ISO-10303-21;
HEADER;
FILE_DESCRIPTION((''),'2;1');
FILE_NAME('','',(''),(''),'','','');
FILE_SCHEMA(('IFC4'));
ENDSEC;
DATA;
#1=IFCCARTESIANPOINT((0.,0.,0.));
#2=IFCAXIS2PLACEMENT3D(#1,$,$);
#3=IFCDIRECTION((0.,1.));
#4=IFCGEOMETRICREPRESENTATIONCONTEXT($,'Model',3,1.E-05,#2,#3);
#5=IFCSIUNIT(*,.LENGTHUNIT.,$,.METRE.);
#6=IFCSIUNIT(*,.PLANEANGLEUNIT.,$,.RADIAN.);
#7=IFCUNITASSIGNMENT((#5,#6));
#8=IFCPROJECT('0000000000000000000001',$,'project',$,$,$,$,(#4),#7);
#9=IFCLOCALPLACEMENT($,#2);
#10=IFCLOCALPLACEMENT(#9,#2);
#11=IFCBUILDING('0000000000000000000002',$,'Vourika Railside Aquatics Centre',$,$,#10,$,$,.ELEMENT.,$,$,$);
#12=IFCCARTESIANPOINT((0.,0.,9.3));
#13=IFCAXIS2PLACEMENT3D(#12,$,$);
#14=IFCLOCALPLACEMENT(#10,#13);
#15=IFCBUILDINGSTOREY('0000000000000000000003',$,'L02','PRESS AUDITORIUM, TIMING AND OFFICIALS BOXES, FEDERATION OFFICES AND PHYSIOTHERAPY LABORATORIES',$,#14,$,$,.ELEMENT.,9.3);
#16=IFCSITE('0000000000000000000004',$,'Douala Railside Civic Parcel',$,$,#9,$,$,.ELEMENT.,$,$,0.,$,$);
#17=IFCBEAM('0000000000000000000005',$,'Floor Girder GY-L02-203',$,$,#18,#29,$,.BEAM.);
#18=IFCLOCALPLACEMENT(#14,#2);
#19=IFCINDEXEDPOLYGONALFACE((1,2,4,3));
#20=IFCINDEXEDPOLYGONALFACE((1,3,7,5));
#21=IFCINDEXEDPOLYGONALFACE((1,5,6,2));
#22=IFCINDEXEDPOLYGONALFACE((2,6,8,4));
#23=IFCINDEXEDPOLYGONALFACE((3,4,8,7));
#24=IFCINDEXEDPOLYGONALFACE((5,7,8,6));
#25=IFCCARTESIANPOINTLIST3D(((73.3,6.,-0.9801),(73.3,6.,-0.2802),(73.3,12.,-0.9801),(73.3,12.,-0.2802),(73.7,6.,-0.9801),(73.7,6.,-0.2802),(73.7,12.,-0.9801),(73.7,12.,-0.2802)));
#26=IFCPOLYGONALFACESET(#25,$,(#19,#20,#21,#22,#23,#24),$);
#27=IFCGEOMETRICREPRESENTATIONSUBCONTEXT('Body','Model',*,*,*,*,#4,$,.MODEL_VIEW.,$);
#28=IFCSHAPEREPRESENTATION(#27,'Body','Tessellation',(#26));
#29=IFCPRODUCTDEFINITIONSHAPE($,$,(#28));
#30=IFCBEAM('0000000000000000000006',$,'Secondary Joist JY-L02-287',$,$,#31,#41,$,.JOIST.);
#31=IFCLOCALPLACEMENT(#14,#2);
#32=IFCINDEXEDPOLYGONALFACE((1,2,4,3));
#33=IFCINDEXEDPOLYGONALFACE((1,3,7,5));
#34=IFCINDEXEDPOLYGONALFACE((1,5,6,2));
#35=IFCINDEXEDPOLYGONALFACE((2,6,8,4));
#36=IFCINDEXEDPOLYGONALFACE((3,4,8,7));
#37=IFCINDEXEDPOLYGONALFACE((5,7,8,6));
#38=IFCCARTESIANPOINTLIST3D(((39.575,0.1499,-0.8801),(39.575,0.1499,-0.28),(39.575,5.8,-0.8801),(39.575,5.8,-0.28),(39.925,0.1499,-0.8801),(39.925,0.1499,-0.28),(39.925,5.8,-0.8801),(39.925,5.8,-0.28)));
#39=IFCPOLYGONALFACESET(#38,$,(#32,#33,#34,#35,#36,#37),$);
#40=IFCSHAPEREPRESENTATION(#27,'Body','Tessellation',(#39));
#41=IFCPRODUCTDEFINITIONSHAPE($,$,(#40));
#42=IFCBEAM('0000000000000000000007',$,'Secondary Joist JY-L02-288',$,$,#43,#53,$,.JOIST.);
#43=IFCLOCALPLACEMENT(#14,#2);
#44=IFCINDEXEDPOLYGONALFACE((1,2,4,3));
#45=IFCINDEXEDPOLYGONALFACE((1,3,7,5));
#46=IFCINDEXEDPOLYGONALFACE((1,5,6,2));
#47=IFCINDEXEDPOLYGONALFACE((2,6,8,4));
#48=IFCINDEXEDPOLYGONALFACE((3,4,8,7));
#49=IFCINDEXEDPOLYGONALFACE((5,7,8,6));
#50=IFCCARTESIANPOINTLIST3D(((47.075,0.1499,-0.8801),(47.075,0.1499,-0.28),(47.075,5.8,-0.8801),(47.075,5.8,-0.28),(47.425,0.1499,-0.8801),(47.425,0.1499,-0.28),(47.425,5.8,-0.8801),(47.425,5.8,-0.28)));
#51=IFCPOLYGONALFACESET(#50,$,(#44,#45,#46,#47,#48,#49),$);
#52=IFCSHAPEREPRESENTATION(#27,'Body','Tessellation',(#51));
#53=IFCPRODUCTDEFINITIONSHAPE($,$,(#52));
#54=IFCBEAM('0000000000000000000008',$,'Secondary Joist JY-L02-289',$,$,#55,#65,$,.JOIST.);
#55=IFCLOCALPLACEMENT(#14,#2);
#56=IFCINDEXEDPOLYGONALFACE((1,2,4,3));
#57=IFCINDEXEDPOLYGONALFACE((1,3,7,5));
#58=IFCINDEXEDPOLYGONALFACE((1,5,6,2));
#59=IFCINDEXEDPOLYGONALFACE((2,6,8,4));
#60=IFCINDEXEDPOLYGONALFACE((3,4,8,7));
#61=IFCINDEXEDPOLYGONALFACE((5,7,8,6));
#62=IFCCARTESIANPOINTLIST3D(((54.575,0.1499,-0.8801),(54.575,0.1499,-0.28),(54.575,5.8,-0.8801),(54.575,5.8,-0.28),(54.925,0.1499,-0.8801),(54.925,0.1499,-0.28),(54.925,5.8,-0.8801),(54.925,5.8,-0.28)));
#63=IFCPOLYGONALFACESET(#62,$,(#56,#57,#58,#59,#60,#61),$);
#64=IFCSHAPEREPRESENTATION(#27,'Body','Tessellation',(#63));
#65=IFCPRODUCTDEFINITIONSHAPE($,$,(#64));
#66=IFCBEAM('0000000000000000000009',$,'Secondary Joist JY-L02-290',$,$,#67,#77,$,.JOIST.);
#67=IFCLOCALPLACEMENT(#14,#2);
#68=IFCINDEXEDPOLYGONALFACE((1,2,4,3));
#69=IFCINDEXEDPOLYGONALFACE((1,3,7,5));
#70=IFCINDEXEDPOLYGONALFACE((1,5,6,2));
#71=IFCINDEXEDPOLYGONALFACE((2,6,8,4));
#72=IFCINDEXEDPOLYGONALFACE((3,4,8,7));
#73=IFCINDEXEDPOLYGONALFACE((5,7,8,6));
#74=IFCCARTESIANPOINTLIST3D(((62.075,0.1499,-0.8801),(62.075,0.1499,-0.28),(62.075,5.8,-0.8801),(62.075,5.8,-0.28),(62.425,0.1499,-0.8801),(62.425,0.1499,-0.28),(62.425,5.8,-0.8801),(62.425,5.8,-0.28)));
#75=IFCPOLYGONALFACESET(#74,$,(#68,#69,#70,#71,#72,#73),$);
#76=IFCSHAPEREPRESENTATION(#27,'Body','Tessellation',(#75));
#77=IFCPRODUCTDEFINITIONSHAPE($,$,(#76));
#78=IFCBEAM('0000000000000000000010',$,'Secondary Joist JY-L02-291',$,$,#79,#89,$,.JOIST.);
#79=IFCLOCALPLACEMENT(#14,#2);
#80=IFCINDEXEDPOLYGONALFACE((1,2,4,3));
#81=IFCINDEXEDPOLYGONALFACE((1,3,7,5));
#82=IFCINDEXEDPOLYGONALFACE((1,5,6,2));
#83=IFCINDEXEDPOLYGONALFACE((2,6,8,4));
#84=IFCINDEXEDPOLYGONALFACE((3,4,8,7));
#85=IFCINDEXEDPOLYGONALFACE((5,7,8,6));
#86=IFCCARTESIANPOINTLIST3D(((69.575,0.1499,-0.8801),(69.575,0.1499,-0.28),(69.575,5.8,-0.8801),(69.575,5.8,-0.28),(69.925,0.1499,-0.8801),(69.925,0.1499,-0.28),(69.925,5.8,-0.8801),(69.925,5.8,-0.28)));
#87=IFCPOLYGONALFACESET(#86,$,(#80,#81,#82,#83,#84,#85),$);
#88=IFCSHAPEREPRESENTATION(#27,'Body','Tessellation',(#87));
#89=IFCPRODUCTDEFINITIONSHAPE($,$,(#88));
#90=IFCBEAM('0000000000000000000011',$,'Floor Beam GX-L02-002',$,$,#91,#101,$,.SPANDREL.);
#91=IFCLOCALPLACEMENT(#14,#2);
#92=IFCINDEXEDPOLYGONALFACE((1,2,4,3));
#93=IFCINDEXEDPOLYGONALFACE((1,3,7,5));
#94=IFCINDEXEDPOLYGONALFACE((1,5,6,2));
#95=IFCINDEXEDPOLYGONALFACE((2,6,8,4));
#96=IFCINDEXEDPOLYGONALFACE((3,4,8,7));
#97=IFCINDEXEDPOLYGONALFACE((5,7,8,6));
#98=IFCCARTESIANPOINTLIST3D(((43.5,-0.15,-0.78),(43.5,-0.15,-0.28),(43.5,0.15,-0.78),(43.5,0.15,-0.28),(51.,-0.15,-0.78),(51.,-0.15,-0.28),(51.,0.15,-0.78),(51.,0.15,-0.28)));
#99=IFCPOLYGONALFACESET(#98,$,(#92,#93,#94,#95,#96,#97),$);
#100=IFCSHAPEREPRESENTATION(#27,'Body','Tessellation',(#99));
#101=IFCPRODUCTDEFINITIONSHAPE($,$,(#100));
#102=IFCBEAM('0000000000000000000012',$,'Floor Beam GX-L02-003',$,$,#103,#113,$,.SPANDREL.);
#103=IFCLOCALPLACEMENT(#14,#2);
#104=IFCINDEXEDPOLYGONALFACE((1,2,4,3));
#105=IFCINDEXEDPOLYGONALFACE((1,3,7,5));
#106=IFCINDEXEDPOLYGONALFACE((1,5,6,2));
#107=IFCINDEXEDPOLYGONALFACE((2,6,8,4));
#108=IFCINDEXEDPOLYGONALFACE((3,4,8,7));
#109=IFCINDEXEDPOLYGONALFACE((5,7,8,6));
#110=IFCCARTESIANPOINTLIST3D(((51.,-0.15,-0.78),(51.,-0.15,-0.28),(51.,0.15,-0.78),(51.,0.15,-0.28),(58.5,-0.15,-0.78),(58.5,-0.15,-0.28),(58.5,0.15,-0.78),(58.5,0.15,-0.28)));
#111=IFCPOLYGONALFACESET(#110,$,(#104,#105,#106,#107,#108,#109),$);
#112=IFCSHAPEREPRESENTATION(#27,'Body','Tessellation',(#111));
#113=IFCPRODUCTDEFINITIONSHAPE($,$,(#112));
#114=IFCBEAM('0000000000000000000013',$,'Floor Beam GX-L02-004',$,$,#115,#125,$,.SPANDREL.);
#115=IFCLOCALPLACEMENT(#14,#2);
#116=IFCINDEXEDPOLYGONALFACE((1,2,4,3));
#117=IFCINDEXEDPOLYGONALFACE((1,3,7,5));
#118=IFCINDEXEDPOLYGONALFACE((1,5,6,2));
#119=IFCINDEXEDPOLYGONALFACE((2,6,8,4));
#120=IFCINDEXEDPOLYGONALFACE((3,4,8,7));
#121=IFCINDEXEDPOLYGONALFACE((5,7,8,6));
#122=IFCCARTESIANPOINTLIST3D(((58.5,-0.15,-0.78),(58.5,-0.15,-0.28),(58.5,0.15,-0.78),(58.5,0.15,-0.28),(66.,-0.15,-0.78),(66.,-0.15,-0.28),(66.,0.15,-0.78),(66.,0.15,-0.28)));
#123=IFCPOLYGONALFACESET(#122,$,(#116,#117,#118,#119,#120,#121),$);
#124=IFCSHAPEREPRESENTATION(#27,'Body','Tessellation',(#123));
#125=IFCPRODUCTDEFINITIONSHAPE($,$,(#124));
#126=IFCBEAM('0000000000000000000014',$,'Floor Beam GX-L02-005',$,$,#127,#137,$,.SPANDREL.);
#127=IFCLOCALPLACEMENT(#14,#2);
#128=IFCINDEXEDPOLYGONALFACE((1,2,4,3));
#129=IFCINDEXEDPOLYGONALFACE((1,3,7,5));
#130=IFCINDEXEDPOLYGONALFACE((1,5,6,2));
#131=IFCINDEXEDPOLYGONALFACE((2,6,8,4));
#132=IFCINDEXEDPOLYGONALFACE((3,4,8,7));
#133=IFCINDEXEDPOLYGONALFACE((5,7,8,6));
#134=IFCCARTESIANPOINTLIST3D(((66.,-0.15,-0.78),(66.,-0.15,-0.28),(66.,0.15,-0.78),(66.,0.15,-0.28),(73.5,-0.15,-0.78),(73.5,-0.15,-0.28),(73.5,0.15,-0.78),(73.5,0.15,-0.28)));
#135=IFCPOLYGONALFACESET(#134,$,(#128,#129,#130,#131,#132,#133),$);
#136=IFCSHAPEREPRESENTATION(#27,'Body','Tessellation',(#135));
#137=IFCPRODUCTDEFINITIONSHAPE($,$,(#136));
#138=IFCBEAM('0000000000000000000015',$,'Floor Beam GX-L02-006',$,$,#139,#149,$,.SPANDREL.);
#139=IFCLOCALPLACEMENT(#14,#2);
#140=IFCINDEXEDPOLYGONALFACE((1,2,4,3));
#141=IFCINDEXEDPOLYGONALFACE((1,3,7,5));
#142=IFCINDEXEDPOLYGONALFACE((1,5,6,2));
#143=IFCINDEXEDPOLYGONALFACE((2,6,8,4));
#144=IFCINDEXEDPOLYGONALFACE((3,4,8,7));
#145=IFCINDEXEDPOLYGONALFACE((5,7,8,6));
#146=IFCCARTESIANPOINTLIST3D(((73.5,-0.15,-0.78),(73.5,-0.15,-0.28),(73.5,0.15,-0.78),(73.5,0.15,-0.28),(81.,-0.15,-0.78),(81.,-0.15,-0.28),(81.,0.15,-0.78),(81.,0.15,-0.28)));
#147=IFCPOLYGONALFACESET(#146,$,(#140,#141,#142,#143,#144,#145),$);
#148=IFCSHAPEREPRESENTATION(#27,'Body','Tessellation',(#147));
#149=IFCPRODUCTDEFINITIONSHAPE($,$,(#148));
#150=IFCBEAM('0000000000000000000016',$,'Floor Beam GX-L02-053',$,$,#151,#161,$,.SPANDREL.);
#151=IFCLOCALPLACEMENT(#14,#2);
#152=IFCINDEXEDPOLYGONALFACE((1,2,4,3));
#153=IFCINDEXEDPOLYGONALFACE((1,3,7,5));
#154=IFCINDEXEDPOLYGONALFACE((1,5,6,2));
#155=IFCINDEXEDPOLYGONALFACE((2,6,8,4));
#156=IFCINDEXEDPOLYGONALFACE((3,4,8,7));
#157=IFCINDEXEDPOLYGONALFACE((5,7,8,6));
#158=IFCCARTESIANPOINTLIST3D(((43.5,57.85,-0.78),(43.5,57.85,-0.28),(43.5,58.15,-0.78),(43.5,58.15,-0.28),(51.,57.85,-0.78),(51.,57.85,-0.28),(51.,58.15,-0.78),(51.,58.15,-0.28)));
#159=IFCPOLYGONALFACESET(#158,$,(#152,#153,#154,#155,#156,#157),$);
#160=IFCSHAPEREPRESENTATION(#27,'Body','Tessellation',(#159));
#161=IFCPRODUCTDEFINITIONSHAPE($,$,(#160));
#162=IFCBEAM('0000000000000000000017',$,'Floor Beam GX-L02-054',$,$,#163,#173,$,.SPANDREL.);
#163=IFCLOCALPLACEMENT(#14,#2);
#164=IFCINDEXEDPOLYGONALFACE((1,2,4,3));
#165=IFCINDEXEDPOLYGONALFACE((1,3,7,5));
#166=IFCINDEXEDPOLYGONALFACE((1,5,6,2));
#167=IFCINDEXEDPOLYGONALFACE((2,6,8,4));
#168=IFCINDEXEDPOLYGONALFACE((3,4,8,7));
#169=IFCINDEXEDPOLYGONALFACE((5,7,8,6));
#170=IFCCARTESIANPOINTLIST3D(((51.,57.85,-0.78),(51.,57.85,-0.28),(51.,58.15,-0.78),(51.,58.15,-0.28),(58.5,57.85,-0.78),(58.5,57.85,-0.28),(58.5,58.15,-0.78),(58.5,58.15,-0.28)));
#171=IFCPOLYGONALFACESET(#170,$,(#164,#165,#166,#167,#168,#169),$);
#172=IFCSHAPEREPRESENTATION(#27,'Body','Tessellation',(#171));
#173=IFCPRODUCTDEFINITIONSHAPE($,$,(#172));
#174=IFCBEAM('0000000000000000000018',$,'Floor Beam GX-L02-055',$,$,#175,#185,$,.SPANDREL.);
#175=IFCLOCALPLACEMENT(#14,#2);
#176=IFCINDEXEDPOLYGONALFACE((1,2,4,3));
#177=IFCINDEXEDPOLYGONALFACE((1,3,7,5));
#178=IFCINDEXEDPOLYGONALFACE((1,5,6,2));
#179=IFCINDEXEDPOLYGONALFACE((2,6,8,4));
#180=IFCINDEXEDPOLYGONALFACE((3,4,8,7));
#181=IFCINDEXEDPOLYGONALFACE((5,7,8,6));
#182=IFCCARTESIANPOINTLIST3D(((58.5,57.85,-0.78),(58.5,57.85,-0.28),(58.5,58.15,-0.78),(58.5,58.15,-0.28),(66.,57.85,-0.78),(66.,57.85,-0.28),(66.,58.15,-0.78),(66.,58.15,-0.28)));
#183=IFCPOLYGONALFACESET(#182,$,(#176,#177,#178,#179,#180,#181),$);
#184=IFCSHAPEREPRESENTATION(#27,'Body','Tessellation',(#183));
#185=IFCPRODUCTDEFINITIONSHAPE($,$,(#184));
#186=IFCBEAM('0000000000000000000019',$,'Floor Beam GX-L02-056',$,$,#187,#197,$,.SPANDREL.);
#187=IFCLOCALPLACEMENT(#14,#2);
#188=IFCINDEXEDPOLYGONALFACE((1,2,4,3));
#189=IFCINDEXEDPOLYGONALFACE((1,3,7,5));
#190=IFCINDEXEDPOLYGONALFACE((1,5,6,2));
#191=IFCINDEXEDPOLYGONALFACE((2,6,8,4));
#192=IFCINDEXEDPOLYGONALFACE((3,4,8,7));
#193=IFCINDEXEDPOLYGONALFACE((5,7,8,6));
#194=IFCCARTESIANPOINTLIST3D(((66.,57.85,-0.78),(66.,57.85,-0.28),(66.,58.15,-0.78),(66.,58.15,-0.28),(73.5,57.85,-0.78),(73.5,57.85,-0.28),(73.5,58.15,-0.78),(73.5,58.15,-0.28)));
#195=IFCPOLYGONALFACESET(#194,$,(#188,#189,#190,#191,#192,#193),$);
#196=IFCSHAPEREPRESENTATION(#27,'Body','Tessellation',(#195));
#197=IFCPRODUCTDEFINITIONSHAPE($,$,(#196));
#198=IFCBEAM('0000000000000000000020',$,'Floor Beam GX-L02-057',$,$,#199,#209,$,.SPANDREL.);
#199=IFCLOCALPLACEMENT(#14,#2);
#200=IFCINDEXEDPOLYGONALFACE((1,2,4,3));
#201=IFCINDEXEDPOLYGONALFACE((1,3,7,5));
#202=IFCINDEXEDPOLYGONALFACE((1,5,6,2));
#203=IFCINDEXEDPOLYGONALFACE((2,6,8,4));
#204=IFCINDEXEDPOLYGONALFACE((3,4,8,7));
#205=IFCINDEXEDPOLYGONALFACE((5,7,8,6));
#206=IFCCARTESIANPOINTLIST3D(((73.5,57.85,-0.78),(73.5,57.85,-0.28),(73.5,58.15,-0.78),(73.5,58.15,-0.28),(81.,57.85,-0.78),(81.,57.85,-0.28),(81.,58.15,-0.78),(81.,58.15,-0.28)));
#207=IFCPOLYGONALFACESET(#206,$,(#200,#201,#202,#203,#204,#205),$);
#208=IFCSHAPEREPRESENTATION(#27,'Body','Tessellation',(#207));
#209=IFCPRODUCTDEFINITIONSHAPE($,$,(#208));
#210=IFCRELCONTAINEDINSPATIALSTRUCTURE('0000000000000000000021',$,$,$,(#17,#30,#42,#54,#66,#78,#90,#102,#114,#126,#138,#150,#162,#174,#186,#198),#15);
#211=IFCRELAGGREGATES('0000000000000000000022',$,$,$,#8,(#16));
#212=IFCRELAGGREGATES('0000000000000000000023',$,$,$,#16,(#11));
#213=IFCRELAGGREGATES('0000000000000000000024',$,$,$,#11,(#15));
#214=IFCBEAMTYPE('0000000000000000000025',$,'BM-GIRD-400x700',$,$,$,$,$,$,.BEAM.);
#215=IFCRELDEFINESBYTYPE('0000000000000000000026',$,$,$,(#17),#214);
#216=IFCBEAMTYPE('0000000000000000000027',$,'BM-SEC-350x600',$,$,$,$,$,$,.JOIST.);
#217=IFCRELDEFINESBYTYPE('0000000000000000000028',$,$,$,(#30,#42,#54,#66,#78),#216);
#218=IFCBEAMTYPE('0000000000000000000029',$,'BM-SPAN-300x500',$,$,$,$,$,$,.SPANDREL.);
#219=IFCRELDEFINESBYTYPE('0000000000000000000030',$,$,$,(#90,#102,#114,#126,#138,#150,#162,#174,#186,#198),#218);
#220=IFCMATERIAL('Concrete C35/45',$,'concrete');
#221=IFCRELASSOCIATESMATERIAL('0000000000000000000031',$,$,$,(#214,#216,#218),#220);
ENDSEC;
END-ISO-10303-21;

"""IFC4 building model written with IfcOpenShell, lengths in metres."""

from ifc_helpers import new_model, si_unit, direction, frame, origin, origin_2d, place, context, subcontext, project, spatial, rectangle, extrude, material, material_profile, profile_set, type_object, element, save


model = new_model("IFC4")

# Units and contexts
model_context = context("Model", 3, precision=1e-05, world=origin(), true_north=direction((0.0, 1.0)))
body_context = subcontext(model_context, "Body", "Model", "MODEL_VIEW")
ifc_project = project(units=[si_unit("LENGTHUNIT", "METRE"), si_unit("PLANEANGLEUNIT", "RADIAN")], contexts=[model_context])

# Site, building, storey
site_placement = place(None, origin())
site = spatial("IfcSite", under=ifc_project, at=site_placement, Name="Douala Railside Civic Parcel", CompositionType="ELEMENT", RefElevation=0.0)
building_placement = place(site_placement, origin())
building = spatial("IfcBuilding", under=site, at=building_placement, Name="Vourika Railside Aquatics Centre", CompositionType="ELEMENT")
storey_placement = place(building_placement, frame((0.0, 0.0, 9.3)))
storey = spatial("IfcBuildingStorey", under=building, at=storey_placement, Name="L02", Description="PRESS AUDITORIUM, TIMING AND OFFICIALS BOXES, FEDERATION OFFICES AND PHYSIOTHERAPY LABORATORIES", CompositionType="ELEMENT", Elevation=9.3)

# Beams
ifc_material = material(Name="Concrete C35/45", Category="concrete")
ifc_material_profile_1 = material_profile(ifc_material, rectangle(XDim=0.3999, YDim=0.7, at=origin_2d()), Name="RC 400x700")
ifc_profile_set_1 = profile_set([ifc_material_profile_1], Name="Concrete C35/45")
beam_type_1 = type_object("IfcBeamType", Name="BM-GIRD-400x700", PredefinedType="BEAM", material=ifc_profile_set_1)
for number, where, z_axis, x_axis, name in (
    (1, (73.5, 6.0, -0.6301), (0.0, 1.0, 0.0), (-1.0, 0.0, 0.0), "Floor Girder GY-L02-203"),
):
    element("IfcBeam", number, at=place(storey_placement, frame(where, z_axis=z_axis, x_axis=x_axis)), inside=storey, type_object=beam_type_1, Name=name, PredefinedType="BEAM", context=body_context, shape_type="SweptSolid", body=[
        extrude(rectangle(XDim=0.3999, YDim=0.7, at=origin_2d()), origin(), (0.0, 0.0, 1.0), 6.0),
    ])
ifc_material_profile_2 = material_profile(ifc_material, rectangle(XDim=0.3501, YDim=0.6001, at=origin_2d()), Name="RC 350x600")
ifc_profile_set_2 = profile_set([ifc_material_profile_2], Name="Concrete C35/45")
beam_type_2 = type_object("IfcBeamType", Name="BM-SEC-350x600", PredefinedType="JOIST", material=ifc_profile_set_2)
for number, where, z_axis, x_axis, name in (
    (2, (39.75, 0.1499, -0.5801), (0.0, 1.0, 0.0), (-1.0, 0.0, 0.0), "Secondary Joist JY-L02-287"),
    (3, (47.25, 0.1499, -0.5801), (0.0, 1.0, 0.0), (-1.0, 0.0, 0.0), "Secondary Joist JY-L02-288"),
    (4, (54.75, 0.1499, -0.5801), (0.0, 1.0, 0.0), (-1.0, 0.0, 0.0), "Secondary Joist JY-L02-289"),
    (5, (62.25, 0.1499, -0.5801), (0.0, 1.0, 0.0), (-1.0, 0.0, 0.0), "Secondary Joist JY-L02-290"),
    (6, (69.75, 0.1499, -0.5801), (0.0, 1.0, 0.0), (-1.0, 0.0, 0.0), "Secondary Joist JY-L02-291"),
):
    element("IfcBeam", number, at=place(storey_placement, frame(where, z_axis=z_axis, x_axis=x_axis)), inside=storey, type_object=beam_type_2, Name=name, PredefinedType="JOIST", context=body_context, shape_type="SweptSolid", body=[
        extrude(rectangle(XDim=0.3501, YDim=0.6001, at=origin_2d()), origin(), (0.0, 0.0, 1.0), 5.6501),
    ])
ifc_material_profile_3 = material_profile(ifc_material, rectangle(XDim=0.3, YDim=0.5, at=origin_2d()), Name="RC 300x500")
ifc_profile_set_3 = profile_set([ifc_material_profile_3], Name="Concrete C35/45")
beam_type_3 = type_object("IfcBeamType", Name="BM-SPAN-300x500", PredefinedType="SPANDREL", material=ifc_profile_set_3)
for number, where, z_axis, x_axis, name in (
    (7, (43.5, 0.0, -0.53), (1.0, 0.0, 0.0), (0.0, 1.0, 0.0), "Floor Beam GX-L02-002"),
    (8, (51.0, 0.0, -0.53), (1.0, 0.0, 0.0), (0.0, 1.0, 0.0), "Floor Beam GX-L02-003"),
    (9, (58.5, 0.0, -0.53), (1.0, 0.0, 0.0), (0.0, 1.0, 0.0), "Floor Beam GX-L02-004"),
    (10, (66.0, 0.0, -0.53), (1.0, 0.0, 0.0), (0.0, 1.0, 0.0), "Floor Beam GX-L02-005"),
    (11, (73.5, 0.0, -0.53), (1.0, 0.0, 0.0), (0.0, 1.0, 0.0), "Floor Beam GX-L02-006"),
    (12, (43.5, 58.0, -0.53), (1.0, 0.0, 0.0), (0.0, 1.0, 0.0), "Floor Beam GX-L02-053"),
    (13, (51.0, 58.0, -0.53), (1.0, 0.0, 0.0), (0.0, 1.0, 0.0), "Floor Beam GX-L02-054"),
    (14, (58.5, 58.0, -0.53), (1.0, 0.0, 0.0), (0.0, 1.0, 0.0), "Floor Beam GX-L02-055"),
    (15, (66.0, 58.0, -0.53), (1.0, 0.0, 0.0), (0.0, 1.0, 0.0), "Floor Beam GX-L02-056"),
    (16, (73.5, 58.0, -0.53), (1.0, 0.0, 0.0), (0.0, 1.0, 0.0), "Floor Beam GX-L02-057"),
):
    element("IfcBeam", number, at=place(storey_placement, frame(where, z_axis=z_axis, x_axis=x_axis)), inside=storey, type_object=beam_type_3, Name=name, PredefinedType="SPANDREL", context=body_context, shape_type="SweptSolid", body=[
        extrude(rectangle(XDim=0.3, YDim=0.5, at=origin_2d()), origin(), (0.0, 0.0, 1.0), 7.5),
    ])

save(model, "model.ifc")
